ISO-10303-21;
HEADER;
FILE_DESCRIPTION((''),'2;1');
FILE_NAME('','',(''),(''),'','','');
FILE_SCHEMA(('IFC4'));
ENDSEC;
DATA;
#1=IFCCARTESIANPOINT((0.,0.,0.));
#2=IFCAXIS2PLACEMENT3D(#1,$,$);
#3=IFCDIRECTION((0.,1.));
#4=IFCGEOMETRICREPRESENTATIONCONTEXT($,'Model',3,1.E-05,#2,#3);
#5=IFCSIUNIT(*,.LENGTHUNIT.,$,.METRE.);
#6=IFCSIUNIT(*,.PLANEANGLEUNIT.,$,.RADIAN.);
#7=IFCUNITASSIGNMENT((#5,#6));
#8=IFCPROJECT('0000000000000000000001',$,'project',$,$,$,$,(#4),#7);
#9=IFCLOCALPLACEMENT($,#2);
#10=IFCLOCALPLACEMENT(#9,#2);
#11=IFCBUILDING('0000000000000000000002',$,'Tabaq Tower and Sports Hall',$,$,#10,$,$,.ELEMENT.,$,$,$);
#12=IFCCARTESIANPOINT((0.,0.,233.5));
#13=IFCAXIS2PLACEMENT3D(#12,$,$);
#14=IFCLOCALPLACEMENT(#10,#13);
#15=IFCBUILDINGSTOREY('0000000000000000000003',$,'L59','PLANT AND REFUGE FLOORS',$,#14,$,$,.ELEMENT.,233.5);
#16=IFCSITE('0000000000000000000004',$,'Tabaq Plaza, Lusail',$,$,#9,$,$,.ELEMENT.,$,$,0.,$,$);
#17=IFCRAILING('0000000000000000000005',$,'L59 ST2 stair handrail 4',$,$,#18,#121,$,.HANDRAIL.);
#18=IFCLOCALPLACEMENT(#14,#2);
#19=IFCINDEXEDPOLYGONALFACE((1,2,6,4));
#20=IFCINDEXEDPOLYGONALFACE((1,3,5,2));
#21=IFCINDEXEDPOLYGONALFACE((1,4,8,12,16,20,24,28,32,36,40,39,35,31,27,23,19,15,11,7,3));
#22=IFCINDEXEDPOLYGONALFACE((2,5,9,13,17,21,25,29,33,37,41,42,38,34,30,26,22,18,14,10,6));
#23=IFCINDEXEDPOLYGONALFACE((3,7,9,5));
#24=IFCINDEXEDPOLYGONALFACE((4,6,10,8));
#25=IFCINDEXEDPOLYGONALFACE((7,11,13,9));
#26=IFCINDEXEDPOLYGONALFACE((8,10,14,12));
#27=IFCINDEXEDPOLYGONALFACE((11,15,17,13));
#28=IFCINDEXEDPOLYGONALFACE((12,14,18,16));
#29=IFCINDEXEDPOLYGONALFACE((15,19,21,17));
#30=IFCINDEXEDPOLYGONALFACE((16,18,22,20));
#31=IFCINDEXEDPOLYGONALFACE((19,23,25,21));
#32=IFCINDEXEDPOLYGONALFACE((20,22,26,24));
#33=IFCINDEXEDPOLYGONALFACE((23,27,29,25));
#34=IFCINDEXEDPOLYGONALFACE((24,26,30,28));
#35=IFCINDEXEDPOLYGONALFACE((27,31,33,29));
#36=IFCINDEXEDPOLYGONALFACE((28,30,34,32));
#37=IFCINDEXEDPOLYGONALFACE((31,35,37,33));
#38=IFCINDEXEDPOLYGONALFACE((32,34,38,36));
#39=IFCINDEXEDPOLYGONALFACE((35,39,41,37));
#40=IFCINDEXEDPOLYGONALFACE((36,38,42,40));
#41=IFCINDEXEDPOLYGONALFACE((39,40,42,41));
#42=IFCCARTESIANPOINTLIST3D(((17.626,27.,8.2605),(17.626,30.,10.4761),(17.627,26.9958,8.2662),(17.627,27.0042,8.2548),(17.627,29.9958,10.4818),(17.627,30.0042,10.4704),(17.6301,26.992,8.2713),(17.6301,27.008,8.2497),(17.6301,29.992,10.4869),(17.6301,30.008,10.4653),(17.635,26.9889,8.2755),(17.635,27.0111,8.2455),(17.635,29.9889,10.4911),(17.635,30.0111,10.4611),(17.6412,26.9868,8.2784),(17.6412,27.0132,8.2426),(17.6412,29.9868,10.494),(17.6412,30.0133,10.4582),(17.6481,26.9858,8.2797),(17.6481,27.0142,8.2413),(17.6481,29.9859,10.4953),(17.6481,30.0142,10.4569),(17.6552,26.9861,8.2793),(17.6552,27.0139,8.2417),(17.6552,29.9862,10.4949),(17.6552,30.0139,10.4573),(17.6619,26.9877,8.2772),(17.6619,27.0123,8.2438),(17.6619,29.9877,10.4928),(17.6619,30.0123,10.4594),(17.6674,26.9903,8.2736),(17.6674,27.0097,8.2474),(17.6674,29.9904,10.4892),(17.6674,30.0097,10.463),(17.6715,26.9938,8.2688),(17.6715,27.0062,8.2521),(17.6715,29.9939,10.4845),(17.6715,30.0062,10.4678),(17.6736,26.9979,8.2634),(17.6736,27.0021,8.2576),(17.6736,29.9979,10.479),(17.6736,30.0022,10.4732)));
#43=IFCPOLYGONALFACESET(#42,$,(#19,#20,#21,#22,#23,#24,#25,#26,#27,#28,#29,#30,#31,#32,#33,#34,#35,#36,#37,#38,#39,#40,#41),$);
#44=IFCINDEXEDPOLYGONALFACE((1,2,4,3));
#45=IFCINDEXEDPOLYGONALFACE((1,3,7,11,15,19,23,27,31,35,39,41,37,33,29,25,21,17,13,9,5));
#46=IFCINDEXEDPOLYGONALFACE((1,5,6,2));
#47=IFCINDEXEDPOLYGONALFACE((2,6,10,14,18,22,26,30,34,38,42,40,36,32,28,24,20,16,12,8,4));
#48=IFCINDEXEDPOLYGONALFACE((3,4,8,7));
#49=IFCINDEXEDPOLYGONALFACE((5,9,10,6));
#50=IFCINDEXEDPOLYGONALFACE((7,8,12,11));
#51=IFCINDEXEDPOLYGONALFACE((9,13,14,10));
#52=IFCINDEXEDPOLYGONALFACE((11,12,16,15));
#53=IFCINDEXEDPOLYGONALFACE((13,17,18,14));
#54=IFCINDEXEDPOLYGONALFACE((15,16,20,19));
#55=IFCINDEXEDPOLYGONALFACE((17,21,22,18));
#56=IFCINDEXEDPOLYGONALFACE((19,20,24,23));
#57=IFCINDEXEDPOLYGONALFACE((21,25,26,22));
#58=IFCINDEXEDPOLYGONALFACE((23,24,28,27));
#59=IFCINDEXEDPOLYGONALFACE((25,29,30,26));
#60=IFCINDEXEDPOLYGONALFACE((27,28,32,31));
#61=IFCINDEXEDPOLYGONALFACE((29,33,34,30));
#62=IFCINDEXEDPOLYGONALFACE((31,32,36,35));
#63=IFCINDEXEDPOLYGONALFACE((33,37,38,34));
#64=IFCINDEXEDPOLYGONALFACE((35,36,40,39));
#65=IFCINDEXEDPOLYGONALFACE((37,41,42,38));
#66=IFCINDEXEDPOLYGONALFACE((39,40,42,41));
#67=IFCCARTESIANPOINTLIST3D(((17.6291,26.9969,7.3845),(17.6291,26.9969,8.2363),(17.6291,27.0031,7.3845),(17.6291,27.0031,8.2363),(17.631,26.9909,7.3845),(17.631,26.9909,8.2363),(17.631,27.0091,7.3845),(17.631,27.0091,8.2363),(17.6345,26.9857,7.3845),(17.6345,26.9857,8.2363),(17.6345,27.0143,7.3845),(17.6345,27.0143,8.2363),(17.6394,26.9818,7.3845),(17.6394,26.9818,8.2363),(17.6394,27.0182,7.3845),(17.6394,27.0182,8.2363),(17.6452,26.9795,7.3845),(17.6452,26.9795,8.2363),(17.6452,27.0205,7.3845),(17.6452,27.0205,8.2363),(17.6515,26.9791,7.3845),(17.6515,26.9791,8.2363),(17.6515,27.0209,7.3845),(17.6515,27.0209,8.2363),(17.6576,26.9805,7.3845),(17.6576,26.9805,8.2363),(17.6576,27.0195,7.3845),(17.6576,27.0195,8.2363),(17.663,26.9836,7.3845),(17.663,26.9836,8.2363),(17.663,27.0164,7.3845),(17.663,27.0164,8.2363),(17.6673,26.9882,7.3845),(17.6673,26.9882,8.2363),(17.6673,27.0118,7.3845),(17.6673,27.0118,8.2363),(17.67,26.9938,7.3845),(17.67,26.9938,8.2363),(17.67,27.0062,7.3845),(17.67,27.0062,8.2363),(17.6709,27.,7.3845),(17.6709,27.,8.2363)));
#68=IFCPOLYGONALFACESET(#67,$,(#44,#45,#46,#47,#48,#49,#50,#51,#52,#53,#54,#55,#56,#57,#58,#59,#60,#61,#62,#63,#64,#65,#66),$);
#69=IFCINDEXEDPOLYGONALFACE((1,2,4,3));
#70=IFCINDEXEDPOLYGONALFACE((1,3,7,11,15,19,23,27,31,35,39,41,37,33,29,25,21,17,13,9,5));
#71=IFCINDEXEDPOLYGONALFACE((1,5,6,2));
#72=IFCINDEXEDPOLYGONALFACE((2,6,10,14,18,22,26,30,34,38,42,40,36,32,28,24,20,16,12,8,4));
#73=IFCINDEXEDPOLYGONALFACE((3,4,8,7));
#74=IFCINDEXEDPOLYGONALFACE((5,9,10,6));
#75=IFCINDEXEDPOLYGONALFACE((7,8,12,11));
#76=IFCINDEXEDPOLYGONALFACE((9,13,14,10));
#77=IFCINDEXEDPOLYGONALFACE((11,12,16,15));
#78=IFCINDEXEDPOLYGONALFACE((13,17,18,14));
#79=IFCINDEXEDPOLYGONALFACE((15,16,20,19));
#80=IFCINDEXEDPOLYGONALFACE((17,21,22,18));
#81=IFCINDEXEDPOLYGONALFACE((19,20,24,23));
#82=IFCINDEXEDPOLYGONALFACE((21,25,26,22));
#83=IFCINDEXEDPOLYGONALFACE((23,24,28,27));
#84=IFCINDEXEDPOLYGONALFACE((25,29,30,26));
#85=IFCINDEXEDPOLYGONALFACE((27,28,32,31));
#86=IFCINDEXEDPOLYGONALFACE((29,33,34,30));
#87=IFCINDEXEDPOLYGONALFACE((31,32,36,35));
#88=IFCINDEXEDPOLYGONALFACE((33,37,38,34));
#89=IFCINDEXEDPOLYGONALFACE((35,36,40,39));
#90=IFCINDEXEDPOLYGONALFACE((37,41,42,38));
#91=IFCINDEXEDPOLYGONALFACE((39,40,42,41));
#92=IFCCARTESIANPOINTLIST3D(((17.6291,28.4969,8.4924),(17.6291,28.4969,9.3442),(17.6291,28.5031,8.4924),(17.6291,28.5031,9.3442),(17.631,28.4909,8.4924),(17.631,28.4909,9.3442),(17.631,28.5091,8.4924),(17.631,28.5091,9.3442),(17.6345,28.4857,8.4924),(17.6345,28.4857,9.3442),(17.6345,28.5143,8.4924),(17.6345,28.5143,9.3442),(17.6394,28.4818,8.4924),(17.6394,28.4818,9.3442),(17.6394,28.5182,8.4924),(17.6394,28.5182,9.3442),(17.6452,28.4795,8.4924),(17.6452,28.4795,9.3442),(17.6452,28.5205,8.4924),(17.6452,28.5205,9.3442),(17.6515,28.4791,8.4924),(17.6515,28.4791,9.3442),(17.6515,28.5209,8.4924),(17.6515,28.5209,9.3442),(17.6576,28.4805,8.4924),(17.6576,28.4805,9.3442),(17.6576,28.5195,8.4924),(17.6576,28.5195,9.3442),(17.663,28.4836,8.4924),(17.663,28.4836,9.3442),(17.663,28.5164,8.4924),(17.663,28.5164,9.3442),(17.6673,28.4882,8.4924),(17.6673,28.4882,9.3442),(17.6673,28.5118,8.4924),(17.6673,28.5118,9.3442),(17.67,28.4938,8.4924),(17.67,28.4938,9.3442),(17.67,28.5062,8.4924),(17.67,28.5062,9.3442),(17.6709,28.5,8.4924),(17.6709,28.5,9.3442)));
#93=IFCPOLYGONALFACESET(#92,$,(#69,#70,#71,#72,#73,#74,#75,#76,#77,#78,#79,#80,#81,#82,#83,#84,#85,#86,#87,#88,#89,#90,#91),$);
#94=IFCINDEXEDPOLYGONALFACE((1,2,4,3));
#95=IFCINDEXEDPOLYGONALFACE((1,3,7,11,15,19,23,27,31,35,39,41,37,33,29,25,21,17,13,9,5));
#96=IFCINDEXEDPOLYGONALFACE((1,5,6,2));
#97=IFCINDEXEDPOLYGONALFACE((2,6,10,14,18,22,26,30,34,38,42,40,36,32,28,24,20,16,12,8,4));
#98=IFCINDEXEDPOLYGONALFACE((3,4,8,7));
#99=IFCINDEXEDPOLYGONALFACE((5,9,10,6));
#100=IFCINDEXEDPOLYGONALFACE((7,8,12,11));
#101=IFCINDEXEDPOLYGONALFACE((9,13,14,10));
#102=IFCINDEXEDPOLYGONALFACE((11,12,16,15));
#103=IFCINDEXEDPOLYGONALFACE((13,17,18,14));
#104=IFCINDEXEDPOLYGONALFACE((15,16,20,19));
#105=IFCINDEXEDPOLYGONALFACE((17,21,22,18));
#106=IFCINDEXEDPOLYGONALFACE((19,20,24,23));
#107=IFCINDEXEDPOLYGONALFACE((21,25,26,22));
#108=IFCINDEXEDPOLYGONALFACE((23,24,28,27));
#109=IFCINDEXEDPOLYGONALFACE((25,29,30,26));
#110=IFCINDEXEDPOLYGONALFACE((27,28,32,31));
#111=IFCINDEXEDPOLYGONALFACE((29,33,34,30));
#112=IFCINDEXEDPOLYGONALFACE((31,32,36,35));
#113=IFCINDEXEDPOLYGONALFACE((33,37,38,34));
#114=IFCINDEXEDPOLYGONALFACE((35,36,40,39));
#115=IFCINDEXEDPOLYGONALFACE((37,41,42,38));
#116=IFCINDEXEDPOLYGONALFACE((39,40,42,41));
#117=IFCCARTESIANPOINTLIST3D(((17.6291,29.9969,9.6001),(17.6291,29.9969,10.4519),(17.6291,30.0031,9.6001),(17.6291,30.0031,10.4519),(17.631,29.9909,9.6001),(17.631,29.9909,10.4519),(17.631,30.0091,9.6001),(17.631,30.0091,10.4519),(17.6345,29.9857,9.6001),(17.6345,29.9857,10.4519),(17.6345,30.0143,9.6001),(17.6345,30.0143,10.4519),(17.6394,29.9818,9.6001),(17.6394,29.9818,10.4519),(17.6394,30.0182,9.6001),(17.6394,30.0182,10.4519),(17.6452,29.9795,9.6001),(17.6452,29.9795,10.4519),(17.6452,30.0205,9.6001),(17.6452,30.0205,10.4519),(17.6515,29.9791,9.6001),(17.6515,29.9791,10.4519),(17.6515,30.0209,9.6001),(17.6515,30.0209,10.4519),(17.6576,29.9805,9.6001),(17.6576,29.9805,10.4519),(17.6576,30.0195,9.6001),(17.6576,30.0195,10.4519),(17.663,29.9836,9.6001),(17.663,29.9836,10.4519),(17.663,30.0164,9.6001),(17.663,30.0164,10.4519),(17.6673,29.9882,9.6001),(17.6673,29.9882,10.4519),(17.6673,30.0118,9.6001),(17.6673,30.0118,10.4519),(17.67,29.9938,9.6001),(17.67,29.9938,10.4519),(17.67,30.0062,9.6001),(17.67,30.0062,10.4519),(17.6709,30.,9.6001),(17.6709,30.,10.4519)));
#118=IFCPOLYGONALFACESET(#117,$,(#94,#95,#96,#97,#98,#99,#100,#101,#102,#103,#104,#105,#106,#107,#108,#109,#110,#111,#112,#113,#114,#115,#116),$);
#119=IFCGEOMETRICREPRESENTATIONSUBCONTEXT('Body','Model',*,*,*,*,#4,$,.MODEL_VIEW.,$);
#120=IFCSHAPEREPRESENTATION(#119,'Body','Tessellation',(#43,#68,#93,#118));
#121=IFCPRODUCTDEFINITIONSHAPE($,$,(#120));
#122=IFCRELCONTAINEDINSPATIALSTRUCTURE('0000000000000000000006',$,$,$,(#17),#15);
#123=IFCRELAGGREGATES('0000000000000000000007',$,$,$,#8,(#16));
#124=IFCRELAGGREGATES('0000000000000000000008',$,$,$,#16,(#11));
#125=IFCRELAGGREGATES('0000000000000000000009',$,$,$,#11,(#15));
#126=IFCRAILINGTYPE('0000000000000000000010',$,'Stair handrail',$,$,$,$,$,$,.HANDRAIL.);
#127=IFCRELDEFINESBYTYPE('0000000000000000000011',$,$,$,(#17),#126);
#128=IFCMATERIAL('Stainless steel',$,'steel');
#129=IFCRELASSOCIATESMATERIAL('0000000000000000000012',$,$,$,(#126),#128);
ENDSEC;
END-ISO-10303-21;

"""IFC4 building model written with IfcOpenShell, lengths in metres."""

from ifc_helpers import new_model, si_unit, direction, frame, origin, origin_2d, place, context, subcontext, project, spatial, circle, extrude, material, type_object, element, save


model = new_model("IFC4")

# Units and contexts
model_context = context("Model", 3, precision=1e-05, world=origin(), true_north=direction((0.0, 1.0)))
body_context = subcontext(model_context, "Body", "Model", "MODEL_VIEW")
ifc_project = project(units=[si_unit("LENGTHUNIT", "METRE"), si_unit("PLANEANGLEUNIT", "RADIAN")], contexts=[model_context])

# Site, building, storey
site_placement = place(None, origin())
site = spatial("IfcSite", under=ifc_project, at=site_placement, Name="Tabaq Plaza, Lusail", CompositionType="ELEMENT", RefElevation=0.0)
building_placement = place(site_placement, origin())
building = spatial("IfcBuilding", under=site, at=building_placement, Name="Tabaq Tower and Sports Hall", CompositionType="ELEMENT")
storey_placement = place(building_placement, frame((0.0, 0.0, 233.5)))
storey = spatial("IfcBuildingStorey", under=building, at=storey_placement, Name="L59", Description="PLANT AND REFUGE FLOORS", CompositionType="ELEMENT", Elevation=233.5)

# Railing
ifc_material_1 = material(Name="Stainless steel", Category="steel")
railing_type_1 = type_object("IfcRailingType", Name="Stair handrail", PredefinedType="HANDRAIL", material=ifc_material_1)
railing_1_placement = place(storey_placement, frame((17.6499, 27.0, 7.3845)))
element("IfcRailing", 1, at=railing_1_placement, inside=storey, type_object=railing_type_1, Name="L59 ST2 stair handrail 4", PredefinedType="HANDRAIL", context=body_context, shape_type="SweptSolid", body=[
    extrude(circle(Radius=0.0239, at=origin_2d()), frame((0.0, 0.0, 0.876), z_axis=(0.0, 0.804409, 0.594076), x_axis=(-1.0, 0.0, 0.0)), (0.0, 0.0, 1.0), 3.7295),
    extrude(circle(Radius=0.021, at=origin_2d()), origin(), (0.0, 0.0, 1.0), 0.8518),
    extrude(circle(Radius=0.021, at=origin_2d()), frame((0.0, 1.5, 1.1079)), (0.0, 0.0, 1.0), 0.8518),
    extrude(circle(Radius=0.021, at=origin_2d()), frame((0.0, 3.0, 2.2156)), (0.0, 0.0, 1.0), 0.8518),
])

save(model, "model.ifc")
